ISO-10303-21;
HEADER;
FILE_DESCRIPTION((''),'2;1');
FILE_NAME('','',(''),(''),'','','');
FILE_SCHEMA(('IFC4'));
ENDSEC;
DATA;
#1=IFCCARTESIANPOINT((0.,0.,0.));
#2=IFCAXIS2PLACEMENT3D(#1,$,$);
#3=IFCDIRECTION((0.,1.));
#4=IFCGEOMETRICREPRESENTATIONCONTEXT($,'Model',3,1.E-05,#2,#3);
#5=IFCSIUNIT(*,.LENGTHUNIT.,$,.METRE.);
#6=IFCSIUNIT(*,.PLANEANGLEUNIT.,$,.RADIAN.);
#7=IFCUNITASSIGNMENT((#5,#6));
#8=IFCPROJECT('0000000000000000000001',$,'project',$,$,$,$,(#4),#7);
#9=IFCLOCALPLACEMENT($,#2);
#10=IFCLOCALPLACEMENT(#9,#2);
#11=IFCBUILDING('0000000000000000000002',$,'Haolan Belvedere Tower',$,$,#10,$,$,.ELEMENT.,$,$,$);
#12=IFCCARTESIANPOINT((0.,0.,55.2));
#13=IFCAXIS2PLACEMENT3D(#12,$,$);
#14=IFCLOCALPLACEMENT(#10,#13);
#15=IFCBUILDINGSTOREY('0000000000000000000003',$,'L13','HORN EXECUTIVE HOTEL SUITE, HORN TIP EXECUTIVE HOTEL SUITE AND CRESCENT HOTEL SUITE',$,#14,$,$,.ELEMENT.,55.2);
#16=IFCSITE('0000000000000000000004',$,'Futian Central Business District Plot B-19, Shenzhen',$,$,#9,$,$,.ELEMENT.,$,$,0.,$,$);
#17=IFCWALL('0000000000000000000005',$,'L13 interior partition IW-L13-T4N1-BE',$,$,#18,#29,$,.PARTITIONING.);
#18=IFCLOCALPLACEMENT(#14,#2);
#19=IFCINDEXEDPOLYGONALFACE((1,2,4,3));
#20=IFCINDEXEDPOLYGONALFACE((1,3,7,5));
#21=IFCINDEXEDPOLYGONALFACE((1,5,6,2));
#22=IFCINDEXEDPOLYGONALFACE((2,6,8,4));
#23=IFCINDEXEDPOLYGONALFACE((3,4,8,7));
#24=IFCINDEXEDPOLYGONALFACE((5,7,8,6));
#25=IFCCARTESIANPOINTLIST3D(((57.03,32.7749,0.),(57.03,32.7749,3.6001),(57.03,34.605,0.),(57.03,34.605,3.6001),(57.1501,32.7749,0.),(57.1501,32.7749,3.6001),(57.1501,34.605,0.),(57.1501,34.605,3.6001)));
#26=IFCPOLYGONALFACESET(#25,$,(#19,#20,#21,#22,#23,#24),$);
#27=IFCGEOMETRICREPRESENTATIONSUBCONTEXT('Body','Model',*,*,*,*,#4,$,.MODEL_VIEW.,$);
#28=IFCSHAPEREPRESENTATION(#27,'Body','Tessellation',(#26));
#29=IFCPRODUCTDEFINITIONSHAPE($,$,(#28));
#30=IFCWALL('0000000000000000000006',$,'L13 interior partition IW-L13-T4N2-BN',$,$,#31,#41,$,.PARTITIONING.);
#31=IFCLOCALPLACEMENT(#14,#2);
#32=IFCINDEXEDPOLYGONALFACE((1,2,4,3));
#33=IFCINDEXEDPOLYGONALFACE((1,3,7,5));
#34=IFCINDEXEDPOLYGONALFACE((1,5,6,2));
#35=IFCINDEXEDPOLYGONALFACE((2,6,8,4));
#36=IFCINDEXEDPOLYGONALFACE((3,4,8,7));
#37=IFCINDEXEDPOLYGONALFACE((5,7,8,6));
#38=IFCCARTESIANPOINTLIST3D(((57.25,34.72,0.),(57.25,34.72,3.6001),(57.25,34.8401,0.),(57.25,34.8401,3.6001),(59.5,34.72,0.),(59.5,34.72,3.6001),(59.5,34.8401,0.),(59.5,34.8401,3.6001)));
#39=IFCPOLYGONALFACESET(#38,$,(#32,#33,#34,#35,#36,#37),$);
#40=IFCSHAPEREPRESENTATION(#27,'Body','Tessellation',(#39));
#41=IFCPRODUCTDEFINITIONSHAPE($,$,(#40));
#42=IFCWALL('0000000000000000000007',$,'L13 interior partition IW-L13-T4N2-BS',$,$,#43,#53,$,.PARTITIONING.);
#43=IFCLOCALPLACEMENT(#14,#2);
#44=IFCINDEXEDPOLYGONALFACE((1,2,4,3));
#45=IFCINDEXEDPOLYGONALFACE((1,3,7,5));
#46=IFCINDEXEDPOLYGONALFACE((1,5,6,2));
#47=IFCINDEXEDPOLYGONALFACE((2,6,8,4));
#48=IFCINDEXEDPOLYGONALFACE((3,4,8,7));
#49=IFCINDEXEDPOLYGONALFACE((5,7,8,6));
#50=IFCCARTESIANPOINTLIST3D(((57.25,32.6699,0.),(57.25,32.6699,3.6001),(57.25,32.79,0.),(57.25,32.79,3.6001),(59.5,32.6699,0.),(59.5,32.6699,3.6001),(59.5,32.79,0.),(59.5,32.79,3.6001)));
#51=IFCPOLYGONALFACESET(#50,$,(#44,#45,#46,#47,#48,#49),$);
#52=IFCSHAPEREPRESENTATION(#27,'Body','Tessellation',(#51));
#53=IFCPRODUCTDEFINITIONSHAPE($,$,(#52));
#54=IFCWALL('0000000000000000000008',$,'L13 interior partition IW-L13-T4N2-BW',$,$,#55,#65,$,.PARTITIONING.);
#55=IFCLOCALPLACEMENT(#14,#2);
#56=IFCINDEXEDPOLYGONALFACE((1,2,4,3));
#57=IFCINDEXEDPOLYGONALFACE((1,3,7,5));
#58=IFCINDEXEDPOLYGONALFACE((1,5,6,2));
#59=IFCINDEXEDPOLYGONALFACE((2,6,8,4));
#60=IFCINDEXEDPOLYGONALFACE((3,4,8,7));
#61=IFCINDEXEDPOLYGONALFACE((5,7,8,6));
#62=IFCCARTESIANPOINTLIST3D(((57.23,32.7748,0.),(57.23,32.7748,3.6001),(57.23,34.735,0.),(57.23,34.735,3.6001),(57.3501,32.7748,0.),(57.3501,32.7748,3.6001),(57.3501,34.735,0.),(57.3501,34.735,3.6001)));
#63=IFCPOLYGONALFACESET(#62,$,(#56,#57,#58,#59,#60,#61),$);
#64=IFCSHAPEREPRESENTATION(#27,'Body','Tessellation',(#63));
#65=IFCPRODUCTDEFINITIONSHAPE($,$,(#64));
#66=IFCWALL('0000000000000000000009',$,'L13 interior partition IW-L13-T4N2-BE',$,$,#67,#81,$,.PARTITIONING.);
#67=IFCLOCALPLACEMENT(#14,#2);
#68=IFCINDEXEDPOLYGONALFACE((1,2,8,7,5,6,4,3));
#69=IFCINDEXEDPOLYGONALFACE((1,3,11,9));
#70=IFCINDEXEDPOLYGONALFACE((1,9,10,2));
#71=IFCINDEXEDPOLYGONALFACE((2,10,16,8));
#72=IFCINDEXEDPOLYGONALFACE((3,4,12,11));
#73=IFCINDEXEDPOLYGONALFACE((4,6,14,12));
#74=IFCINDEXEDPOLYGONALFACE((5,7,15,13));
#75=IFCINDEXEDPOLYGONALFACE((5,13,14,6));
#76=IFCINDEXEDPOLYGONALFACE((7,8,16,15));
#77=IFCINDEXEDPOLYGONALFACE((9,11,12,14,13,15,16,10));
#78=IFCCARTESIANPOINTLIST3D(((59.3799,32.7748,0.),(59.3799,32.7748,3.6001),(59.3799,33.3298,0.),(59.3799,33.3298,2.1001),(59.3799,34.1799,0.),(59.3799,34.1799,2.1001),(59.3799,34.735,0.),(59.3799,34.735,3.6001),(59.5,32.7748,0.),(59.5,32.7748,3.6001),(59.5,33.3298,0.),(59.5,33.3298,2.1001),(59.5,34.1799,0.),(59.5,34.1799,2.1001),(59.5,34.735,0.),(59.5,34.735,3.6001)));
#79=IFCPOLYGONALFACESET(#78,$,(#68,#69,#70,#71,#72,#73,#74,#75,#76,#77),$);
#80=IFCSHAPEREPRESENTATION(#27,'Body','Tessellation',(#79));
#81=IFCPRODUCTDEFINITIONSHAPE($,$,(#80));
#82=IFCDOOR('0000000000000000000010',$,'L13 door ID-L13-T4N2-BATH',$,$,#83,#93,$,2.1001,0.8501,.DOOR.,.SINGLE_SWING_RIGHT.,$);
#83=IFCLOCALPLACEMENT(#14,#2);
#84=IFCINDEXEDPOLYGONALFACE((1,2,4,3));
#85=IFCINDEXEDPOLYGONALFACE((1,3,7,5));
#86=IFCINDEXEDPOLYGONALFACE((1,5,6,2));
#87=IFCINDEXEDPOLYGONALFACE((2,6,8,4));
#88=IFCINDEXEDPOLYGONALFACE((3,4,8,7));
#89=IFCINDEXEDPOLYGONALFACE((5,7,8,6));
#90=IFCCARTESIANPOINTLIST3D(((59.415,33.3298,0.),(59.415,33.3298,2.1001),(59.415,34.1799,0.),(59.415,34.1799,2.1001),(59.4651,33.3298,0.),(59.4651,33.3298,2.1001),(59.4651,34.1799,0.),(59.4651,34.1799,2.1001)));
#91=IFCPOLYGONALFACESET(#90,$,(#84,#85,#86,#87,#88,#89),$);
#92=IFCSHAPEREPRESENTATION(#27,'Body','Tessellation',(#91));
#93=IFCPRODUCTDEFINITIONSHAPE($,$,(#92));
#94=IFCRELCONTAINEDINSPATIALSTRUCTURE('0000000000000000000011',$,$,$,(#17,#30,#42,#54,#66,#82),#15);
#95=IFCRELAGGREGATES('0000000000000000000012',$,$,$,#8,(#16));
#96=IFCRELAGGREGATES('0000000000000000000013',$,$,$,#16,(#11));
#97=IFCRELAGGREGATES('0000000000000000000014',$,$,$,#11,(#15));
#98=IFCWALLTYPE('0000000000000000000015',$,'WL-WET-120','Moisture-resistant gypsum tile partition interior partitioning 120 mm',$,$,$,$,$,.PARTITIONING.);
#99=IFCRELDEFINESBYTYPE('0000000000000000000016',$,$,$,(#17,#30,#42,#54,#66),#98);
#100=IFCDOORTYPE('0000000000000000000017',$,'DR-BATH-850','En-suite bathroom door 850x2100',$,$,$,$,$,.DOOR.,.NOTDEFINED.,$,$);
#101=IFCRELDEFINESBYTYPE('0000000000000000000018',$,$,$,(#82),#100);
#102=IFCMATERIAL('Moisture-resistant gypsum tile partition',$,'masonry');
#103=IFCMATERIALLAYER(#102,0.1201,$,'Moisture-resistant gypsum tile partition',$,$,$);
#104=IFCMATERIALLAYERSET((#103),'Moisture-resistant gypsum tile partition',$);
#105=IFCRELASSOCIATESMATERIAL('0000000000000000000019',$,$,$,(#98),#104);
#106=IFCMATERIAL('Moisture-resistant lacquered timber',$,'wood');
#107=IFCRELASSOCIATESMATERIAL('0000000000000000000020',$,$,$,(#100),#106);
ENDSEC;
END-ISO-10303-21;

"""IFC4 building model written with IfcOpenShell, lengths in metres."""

from ifc_helpers import new_model, si_unit, direction, frame, frame_2d, origin, place, context, subcontext, project, spatial, rectangle, extrude, material, layer, layer_set, type_object, element, fill, save


model = new_model("IFC4")

# Units and contexts
model_context = context("Model", 3, precision=1e-05, world=origin(), true_north=direction((0.0, 1.0)))
body_context = subcontext(model_context, "Body", "Model", "MODEL_VIEW")
ifc_project = project(units=[si_unit("LENGTHUNIT", "METRE"), si_unit("PLANEANGLEUNIT", "RADIAN")], contexts=[model_context])

# Site, building, storey
site_placement = place(None, origin())
site = spatial("IfcSite", under=ifc_project, at=site_placement, Name="Futian Central Business District Plot B-19, Shenzhen", CompositionType="ELEMENT", RefElevation=0.0)
building_placement = place(site_placement, origin())
building = spatial("IfcBuilding", under=site, at=building_placement, Name="Haolan Belvedere Tower", CompositionType="ELEMENT")
storey_placement = place(building_placement, frame((0.0, 0.0, 55.2)))
storey = spatial("IfcBuildingStorey", under=building, at=storey_placement, Name="L13", Description="HORN EXECUTIVE HOTEL SUITE, HORN TIP EXECUTIVE HOTEL SUITE AND CRESCENT HOTEL SUITE", CompositionType="ELEMENT", Elevation=55.2)

# Shared definitions
ifc_material_1 = material(Name="Moisture-resistant gypsum tile partition", Category="masonry")
ifc_layer_1 = layer(ifc_material_1, 0.1201, Name="Moisture-resistant gypsum tile partition")
ifc_layer_set_1 = layer_set([ifc_layer_1], Name="Moisture-resistant gypsum tile partition")
wall_type_1 = type_object("IfcWallType", Name="WL-WET-120", Description="Moisture-resistant gypsum tile partition interior partitioning 120 mm", PredefinedType="PARTITIONING", material=ifc_layer_set_1)

# Shared definitions
ifc_material_2 = material(Name="Moisture-resistant lacquered timber", Category="wood")
door_type_1 = type_object("IfcDoorType", Name="DR-BATH-850", Description="En-suite bathroom door 850x2100", OperationType="NOTDEFINED", PredefinedType="DOOR", material=ifc_material_2)

# Walls
wall_1_placement = place(storey_placement, frame((57.0901, 32.7749, 0.0), z_axis=(0.0, 0.0, 1.0), x_axis=(0.0, 1.0, 0.0)))
element("IfcWall", 1, at=wall_1_placement, inside=storey, type_object=wall_type_1, Name="L13 interior partition IW-L13-T4N1-BE", PredefinedType="PARTITIONING", context=body_context, shape_type="SweptSolid", body=[
    extrude(rectangle(XDim=1.8301, YDim=0.1201, at=frame_2d((0.915, 0.0))), origin(), (0.0, 0.0, 1.0), 3.6001),
])
for number, where, z_axis, x_axis, name in (
    (2, (57.25, 34.78, 0.0), (0.0, 0.0, 1.0), (1.0, 0.0, 0.0), "L13 interior partition IW-L13-T4N2-BN"),
    (3, (57.25, 32.73, 0.0), (0.0, 0.0, 1.0), (1.0, 0.0, 0.0), "L13 interior partition IW-L13-T4N2-BS"),
):
    element("IfcWall", number, at=place(storey_placement, frame(where, z_axis=z_axis, x_axis=x_axis)), inside=storey, type_object=wall_type_1, Name=name, PredefinedType="PARTITIONING", context=body_context, shape_type="SweptSolid", body=[
        extrude(rectangle(XDim=2.25, YDim=0.1201, at=frame_2d((1.125, 0.0))), origin(), (0.0, 0.0, 1.0), 3.6001),
    ])
wall_2_placement = place(storey_placement, frame((57.29, 32.7749, 0.0), z_axis=(0.0, 0.0, 1.0), x_axis=(0.0, 1.0, 0.0)))
element("IfcWall", 4, at=wall_2_placement, inside=storey, type_object=wall_type_1, Name="L13 interior partition IW-L13-T4N2-BW", PredefinedType="PARTITIONING", context=body_context, shape_type="SweptSolid", body=[
    extrude(rectangle(XDim=1.9602, YDim=0.1201, at=frame_2d((0.98, 0.0))), origin(), (0.0, 0.0, 1.0), 3.6001),
])

# Wall, opening, door
wall_3_placement = place(storey_placement, frame((59.4399, 32.7749, 0.0), z_axis=(0.0, 0.0, 1.0), x_axis=(0.0, 1.0, 0.0)))
wall_3 = element("IfcWall", 5, at=wall_3_placement, inside=storey, type_object=wall_type_1, Name="L13 interior partition IW-L13-T4N2-BE", PredefinedType="PARTITIONING", context=body_context, shape_type="SweptSolid", body=[
    extrude(rectangle(XDim=1.9602, YDim=0.1201, at=frame_2d((0.98, 0.0))), origin(), (0.0, 0.0, 1.0), 3.6001),
])
opening_1_placement = place(wall_3_placement, frame((0.5549, 0.0, 0.0)))
opening_1 = element("IfcOpeningElement", 6, at=opening_1_placement, cuts=wall_3, PredefinedType="OPENING", context=body_context, shape_type="SweptSolid", body=[
    extrude(rectangle(XDim=0.8501, YDim=2.1001, at=frame_2d((0.425, 1.05))), frame((0.0, 0.0701, 0.0), z_axis=(0.0, -1.0, 0.0), x_axis=(1.0, 0.0, 0.0)), (0.0, 0.0, 1.0), 0.1401),
])
door_1_placement = place(opening_1_placement, origin())
door_1 = element("IfcDoor", 7, at=door_1_placement, inside=storey, type_object=door_type_1, Name="L13 door ID-L13-T4N2-BATH", OperationType="SINGLE_SWING_RIGHT", OverallHeight=2.1001, OverallWidth=0.8501, PredefinedType="DOOR", context=body_context, shape_type="SweptSolid", body=[
    extrude(rectangle(XDim=0.8501, YDim=2.1001, at=frame_2d((0.425, 1.05))), frame((0.0, 0.0249, 0.0), z_axis=(0.0, -1.0, 0.0), x_axis=(1.0, 0.0, 0.0)), (0.0, 0.0, 1.0), 0.05),
])
fill(opening_1, door_1)

save(model, "model.ifc")
